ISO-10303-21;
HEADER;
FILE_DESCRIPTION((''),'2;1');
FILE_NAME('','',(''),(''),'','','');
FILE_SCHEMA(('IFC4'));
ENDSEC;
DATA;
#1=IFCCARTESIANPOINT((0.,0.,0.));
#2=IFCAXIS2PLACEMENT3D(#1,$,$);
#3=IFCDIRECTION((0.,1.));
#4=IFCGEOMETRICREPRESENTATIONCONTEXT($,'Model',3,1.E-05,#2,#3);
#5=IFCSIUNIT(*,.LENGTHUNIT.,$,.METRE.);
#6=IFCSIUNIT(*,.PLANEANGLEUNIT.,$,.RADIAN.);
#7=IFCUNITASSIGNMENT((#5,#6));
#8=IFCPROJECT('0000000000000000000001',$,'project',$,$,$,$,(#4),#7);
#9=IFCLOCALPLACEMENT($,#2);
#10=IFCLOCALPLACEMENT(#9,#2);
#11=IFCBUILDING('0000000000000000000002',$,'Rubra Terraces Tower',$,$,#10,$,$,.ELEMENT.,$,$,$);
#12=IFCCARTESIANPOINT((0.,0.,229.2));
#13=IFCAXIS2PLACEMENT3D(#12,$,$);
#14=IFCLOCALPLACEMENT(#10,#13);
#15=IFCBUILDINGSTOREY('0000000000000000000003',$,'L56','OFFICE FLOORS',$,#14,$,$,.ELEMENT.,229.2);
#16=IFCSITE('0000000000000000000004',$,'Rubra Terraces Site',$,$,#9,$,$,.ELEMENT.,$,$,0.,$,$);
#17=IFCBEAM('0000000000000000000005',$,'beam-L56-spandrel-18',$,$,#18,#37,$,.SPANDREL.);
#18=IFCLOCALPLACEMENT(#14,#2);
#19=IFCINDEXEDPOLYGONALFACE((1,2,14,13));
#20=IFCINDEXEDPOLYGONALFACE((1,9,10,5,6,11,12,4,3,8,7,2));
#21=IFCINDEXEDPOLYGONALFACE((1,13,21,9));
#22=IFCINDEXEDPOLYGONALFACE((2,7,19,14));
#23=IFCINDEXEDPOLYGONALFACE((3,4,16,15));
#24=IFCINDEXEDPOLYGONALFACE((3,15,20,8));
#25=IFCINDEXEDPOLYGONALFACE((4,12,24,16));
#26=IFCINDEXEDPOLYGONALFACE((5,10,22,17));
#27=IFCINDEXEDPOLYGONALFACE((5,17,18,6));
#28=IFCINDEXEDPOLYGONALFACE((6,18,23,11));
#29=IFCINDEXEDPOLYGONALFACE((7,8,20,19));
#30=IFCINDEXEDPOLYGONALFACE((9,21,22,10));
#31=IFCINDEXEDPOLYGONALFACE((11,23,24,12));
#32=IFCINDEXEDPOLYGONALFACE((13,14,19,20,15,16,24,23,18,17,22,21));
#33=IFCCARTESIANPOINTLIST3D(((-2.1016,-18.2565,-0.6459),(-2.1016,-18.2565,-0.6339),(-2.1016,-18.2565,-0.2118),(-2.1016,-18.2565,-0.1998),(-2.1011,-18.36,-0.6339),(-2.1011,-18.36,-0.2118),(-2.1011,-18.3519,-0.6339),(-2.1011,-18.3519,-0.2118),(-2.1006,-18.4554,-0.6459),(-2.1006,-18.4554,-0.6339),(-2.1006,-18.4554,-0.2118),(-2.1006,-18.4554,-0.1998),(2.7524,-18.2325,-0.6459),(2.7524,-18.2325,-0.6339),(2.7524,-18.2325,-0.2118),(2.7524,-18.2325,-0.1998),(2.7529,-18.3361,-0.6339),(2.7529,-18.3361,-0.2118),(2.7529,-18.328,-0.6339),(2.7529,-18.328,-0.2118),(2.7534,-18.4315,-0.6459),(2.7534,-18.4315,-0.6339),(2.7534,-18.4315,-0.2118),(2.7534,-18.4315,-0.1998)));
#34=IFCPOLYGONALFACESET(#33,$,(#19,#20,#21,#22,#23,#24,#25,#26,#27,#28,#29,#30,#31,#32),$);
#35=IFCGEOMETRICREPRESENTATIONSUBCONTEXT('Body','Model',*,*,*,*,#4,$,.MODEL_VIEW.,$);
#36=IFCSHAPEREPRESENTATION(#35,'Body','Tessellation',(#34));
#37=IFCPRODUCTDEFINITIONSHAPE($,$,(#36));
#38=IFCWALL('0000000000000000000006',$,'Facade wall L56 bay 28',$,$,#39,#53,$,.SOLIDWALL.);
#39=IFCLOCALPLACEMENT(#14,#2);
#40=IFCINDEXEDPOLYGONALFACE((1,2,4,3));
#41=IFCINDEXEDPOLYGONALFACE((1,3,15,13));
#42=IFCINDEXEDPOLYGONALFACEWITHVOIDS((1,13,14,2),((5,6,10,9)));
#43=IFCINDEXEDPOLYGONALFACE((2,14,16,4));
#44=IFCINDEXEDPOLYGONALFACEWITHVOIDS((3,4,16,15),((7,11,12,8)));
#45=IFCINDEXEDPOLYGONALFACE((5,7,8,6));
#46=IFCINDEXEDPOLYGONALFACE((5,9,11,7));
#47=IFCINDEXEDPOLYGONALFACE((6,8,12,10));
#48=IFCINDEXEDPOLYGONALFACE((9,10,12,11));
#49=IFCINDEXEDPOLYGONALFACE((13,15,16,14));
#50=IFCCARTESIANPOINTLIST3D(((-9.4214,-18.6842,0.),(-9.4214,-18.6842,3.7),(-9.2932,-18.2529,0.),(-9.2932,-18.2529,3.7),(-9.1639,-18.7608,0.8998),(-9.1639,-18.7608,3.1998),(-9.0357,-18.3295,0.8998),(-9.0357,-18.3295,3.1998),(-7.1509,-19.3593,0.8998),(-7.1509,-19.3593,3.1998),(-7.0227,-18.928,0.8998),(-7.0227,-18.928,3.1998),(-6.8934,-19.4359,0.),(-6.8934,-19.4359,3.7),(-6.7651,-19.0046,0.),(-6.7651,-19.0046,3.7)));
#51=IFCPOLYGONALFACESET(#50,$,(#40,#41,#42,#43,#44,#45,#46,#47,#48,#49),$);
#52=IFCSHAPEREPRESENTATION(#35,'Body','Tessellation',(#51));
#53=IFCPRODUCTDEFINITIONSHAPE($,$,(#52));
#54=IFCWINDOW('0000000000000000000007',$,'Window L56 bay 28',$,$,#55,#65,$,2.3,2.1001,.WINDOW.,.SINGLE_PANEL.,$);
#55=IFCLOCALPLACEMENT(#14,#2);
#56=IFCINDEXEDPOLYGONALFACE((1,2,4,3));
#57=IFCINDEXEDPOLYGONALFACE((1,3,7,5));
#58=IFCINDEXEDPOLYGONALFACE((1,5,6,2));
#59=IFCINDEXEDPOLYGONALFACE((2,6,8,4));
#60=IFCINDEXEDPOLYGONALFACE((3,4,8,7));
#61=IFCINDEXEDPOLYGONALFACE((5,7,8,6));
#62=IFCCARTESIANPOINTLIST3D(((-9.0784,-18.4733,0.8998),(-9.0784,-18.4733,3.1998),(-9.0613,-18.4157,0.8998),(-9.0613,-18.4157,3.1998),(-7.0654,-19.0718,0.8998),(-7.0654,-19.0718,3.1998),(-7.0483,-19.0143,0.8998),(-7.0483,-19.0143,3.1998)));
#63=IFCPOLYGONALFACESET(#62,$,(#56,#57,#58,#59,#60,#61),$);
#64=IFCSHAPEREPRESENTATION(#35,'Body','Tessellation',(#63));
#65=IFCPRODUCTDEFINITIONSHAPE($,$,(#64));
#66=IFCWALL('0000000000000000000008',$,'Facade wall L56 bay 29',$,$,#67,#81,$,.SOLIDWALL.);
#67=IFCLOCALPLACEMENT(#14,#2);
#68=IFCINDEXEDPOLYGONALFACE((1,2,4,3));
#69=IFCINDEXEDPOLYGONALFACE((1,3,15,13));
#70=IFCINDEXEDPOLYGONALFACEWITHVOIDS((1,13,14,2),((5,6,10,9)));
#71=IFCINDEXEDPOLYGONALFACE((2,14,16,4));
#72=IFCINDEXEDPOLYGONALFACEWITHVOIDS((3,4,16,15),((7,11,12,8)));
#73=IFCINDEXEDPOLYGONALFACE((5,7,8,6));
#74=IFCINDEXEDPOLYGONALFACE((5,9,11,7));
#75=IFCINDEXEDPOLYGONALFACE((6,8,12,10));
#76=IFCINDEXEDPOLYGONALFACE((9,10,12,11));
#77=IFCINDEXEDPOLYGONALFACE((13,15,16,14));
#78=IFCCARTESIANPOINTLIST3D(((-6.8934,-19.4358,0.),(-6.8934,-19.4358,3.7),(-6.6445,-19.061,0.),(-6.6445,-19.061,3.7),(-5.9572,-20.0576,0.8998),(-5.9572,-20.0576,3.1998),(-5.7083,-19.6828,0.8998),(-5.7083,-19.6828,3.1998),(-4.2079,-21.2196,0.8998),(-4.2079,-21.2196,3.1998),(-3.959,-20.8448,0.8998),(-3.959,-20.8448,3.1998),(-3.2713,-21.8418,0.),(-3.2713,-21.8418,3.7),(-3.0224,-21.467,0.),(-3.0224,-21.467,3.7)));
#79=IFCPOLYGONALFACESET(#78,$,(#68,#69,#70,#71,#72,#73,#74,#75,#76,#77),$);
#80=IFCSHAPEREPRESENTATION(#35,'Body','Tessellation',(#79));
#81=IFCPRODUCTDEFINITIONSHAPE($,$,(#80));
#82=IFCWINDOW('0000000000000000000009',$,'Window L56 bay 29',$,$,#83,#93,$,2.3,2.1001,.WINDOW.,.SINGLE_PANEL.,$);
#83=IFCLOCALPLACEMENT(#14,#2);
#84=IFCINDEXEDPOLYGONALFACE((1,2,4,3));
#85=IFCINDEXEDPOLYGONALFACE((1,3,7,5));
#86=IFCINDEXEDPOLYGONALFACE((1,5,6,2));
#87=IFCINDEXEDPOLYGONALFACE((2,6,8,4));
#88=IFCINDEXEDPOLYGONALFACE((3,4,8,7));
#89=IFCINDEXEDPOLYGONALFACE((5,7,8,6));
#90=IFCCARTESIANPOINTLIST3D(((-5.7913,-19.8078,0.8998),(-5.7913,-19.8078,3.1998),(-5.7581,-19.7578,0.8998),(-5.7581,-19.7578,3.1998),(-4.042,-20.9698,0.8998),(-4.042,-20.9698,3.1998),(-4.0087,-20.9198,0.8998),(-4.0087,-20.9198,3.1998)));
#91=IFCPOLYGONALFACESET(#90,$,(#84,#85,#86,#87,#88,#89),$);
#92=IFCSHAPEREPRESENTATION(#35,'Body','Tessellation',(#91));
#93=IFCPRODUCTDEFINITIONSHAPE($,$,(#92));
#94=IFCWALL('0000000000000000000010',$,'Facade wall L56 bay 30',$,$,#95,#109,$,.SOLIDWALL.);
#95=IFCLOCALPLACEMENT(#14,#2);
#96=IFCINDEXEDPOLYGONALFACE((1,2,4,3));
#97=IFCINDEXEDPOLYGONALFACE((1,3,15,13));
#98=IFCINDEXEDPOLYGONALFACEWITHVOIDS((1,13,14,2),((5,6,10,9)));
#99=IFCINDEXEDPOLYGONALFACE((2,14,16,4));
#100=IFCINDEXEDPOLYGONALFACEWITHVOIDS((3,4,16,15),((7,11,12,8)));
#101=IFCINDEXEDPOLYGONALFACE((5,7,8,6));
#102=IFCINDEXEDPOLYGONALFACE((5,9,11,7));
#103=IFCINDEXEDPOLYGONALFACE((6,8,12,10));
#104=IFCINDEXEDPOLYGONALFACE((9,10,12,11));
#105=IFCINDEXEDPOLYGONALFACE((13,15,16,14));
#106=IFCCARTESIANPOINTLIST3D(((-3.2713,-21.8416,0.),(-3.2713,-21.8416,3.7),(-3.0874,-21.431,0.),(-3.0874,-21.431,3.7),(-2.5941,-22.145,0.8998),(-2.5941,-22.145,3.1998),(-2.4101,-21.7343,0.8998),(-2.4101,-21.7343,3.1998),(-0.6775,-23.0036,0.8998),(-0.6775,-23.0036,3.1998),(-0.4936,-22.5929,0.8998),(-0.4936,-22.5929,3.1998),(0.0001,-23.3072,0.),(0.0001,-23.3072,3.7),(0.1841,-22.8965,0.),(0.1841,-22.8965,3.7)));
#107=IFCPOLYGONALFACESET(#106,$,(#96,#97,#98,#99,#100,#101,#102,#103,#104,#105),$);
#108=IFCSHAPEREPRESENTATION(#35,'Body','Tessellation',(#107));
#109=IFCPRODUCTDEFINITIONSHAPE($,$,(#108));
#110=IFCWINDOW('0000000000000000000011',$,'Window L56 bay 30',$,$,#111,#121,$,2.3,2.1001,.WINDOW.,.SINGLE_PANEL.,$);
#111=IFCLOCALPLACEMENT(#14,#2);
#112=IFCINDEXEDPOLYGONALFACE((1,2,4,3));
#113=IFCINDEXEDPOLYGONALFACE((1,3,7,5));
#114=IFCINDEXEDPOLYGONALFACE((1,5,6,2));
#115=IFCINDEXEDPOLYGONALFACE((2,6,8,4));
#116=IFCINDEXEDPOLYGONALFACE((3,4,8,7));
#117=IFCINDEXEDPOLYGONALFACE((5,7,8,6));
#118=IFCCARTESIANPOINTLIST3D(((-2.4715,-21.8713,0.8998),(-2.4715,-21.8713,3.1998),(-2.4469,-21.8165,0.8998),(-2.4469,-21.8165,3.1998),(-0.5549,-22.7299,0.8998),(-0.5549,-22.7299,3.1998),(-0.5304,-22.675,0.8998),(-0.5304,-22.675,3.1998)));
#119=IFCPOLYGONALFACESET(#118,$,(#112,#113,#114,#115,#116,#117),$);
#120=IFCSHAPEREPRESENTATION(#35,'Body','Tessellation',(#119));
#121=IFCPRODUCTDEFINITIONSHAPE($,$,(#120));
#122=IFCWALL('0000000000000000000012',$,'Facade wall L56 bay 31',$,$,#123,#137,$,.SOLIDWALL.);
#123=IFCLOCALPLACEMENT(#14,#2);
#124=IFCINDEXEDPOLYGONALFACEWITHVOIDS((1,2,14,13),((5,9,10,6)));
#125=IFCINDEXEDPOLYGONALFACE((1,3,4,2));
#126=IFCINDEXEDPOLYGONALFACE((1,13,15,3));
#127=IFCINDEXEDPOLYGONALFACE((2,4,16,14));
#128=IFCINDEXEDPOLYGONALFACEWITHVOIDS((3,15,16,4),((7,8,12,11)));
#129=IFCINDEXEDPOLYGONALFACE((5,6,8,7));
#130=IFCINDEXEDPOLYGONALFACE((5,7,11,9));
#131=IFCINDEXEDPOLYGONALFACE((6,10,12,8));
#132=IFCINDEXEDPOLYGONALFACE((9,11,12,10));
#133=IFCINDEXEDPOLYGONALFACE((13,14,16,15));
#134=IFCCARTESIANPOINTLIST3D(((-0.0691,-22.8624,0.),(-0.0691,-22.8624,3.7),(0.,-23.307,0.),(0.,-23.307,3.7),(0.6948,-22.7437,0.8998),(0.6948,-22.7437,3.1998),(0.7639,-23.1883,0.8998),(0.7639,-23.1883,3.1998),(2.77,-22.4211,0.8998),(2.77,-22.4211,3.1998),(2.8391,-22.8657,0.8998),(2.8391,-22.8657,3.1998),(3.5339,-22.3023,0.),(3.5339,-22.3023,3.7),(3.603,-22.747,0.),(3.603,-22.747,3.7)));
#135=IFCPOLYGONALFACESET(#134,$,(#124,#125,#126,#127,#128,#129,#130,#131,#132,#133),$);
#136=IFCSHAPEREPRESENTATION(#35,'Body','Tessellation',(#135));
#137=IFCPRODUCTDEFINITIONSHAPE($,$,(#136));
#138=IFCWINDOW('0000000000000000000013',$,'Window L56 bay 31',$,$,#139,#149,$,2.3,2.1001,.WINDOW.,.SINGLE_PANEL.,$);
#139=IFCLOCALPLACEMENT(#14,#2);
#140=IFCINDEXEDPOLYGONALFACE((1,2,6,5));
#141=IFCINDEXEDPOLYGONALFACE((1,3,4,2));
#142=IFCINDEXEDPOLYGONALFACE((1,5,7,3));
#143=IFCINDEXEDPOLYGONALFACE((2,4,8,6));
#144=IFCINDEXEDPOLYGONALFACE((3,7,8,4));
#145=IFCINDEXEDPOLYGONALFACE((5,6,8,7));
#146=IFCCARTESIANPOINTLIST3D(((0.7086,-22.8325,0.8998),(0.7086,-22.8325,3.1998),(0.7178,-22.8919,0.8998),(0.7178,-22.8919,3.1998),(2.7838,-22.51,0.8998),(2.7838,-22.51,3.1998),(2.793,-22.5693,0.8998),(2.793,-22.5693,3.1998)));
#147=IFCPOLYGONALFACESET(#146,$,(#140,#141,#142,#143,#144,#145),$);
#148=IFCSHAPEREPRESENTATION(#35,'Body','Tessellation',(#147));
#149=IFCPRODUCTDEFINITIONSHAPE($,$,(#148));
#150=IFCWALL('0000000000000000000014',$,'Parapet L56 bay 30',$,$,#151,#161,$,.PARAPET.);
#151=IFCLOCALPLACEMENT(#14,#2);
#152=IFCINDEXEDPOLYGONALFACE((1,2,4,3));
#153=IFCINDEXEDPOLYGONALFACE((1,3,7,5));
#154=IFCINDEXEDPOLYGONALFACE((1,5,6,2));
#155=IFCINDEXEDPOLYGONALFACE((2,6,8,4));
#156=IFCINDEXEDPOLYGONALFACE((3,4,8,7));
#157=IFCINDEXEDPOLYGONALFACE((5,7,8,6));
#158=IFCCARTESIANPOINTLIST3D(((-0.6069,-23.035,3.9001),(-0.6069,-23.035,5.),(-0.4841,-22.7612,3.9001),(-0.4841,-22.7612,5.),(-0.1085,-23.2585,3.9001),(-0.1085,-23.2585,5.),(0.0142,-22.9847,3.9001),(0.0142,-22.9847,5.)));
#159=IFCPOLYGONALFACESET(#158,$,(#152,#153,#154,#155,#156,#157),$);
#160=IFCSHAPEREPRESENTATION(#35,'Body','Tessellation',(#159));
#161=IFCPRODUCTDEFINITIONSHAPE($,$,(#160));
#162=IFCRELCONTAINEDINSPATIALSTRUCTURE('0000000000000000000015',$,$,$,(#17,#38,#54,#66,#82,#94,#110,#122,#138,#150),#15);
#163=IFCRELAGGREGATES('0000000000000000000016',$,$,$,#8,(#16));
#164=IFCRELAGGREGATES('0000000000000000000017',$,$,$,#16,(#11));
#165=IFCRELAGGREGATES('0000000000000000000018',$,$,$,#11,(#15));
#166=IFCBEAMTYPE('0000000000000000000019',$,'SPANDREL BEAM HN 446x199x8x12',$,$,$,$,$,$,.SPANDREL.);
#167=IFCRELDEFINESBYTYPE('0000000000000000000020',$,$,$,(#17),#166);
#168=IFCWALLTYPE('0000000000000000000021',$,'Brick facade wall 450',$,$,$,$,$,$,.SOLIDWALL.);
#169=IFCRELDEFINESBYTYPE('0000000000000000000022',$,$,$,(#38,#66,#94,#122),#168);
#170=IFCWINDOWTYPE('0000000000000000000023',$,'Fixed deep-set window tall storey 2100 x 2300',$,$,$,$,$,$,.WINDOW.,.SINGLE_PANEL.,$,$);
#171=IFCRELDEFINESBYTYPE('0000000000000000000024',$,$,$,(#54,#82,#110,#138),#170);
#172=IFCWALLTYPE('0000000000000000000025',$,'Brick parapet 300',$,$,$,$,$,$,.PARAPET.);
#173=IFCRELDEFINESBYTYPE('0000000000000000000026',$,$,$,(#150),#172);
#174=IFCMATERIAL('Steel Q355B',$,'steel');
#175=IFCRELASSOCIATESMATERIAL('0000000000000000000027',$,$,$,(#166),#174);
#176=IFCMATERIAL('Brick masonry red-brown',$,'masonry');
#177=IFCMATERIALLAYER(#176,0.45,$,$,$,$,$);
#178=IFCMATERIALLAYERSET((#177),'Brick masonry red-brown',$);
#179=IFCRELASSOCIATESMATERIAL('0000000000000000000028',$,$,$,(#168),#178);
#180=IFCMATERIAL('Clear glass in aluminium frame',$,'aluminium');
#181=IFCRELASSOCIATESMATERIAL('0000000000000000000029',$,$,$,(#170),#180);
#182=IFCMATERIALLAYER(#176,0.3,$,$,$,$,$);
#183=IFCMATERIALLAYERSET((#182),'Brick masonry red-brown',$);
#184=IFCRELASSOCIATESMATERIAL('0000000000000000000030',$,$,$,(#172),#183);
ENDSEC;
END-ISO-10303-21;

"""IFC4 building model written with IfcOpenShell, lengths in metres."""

from ifc_helpers import new_model, si_unit, direction, frame, frame_2d, origin, origin_2d, place, context, subcontext, project, spatial, rectangle, i_section, extrude, material, layer, layer_set, material_profile, profile_set, type_object, element, fill, save


model = new_model("IFC4")

# Units and contexts
model_context = context("Model", 3, precision=1e-05, world=origin(), true_north=direction((0.0, 1.0)))
body_context = subcontext(model_context, "Body", "Model", "MODEL_VIEW")
ifc_project = project(units=[si_unit("LENGTHUNIT", "METRE"), si_unit("PLANEANGLEUNIT", "RADIAN")], contexts=[model_context])

# Site, building, storey
site_placement = place(None, origin())
site = spatial("IfcSite", under=ifc_project, at=site_placement, Name="Rubra Terraces Site", CompositionType="ELEMENT", RefElevation=0.0)
building_placement = place(site_placement, origin())
building = spatial("IfcBuilding", under=site, at=building_placement, Name="Rubra Terraces Tower", CompositionType="ELEMENT")
storey_placement = place(building_placement, frame((0.0, 0.0, 229.2)))
storey = spatial("IfcBuildingStorey", under=building, at=storey_placement, Name="L56", Description="OFFICE FLOORS", CompositionType="ELEMENT", Elevation=229.2)

# Beam
ifc_material_1 = material(Name="Steel Q355B", Category="steel")
ifc_material_profile_1 = material_profile(ifc_material_1, i_section(OverallWidth=0.199, OverallDepth=0.446, WebThickness=0.0081, FlangeThickness=0.012, at=origin_2d()), Name="HN 446x199x8x12")
ifc_profile_set_1 = profile_set([ifc_material_profile_1], Name="Steel Q355B")
beam_type_1 = type_object("IfcBeamType", Name="SPANDREL BEAM HN 446x199x8x12", PredefinedType="SPANDREL", material=ifc_profile_set_1)
beam_1_placement = place(storey_placement, frame((-2.1011, -18.356, -0.4229), z_axis=(0.999988, 0.004929, 0.0), x_axis=(-0.004929, 0.999988, 0.0)))
element("IfcBeam", 1, at=beam_1_placement, inside=storey, type_object=beam_type_1, Name="beam-L56-spandrel-18", PredefinedType="SPANDREL", context=body_context, shape_type="SweptSolid", body=[
    extrude(i_section(OverallWidth=0.199, OverallDepth=0.446, WebThickness=0.0081, FlangeThickness=0.012, at=origin_2d()), origin(), (0.0, 0.0, 1.0), 4.854),
])

# Walls, openings, windows
ifc_material_2 = material(Name="Brick masonry red-brown", Category="masonry")
ifc_layer_1 = layer(ifc_material_2, 0.45)
ifc_layer_set_1 = layer_set([ifc_layer_1], Name="Brick masonry red-brown")
wall_type_1 = type_object("IfcWallType", Name="Brick facade wall 450", PredefinedType="SOLIDWALL", material=ifc_layer_set_1)
wall_1_placement = place(storey_placement, frame((-9.3574, -18.4685, 0.0), z_axis=(0.0, 0.0, 1.0), x_axis=(0.958524, -0.285012, 0.0)))
wall_1 = element("IfcWall", 2, at=wall_1_placement, inside=storey, type_object=wall_type_1, Name="Facade wall L56 bay 28", PredefinedType="SOLIDWALL", context=body_context, shape_type="SweptSolid", body=[
    extrude(rectangle(XDim=2.6375, YDim=0.45, at=frame_2d((1.3188, 0.0))), origin(), (0.0, 0.0, 1.0), 3.7),
])
opening_1_placement = place(wall_1_placement, frame((0.2688, 0.0, 0.8999)))
opening_1 = element("IfcOpeningElement", 3, at=opening_1_placement, cuts=wall_1, PredefinedType="OPENING", context=body_context, shape_type="SweptSolid", body=[
    extrude(rectangle(XDim=2.1001, YDim=2.3, at=frame_2d((1.05, 1.1499))), frame((0.0, 0.2349, 0.0), z_axis=(0.0, -1.0, 0.0), x_axis=(1.0, 0.0, 0.0)), (0.0, 0.0, 1.0), 0.47),
])
ifc_material_3 = material(Name="Clear glass in aluminium frame", Category="aluminium")
window_type = type_object("IfcWindowType", Name="Fixed deep-set window tall storey 2100 x 2300", PartitioningType="SINGLE_PANEL", PredefinedType="WINDOW", material=ifc_material_3)
window_1_placement = place(opening_1_placement, origin())
window_1 = element("IfcWindow", 4, at=window_1_placement, inside=storey, type_object=window_type, Name="Window L56 bay 28", OverallHeight=2.3, OverallWidth=2.1001, PartitioningType="SINGLE_PANEL", PredefinedType="WINDOW", context=body_context, shape_type="SweptSolid", body=[
    extrude(rectangle(XDim=2.1001, YDim=2.3, at=frame_2d((1.05, 1.1499))), frame((0.0, 0.135, 0.0), z_axis=(0.0, -1.0, 0.0), x_axis=(1.0, 0.0, 0.0)), (0.0, 0.0, 1.0), 0.0601),
])
fill(opening_1, window_1)
wall_2_placement = place(storey_placement, frame((-6.769, -19.2483, 0.0), z_axis=(0.0, 0.0, 1.0), x_axis=(0.832973, -0.553313, 0.0)))
wall_2 = element("IfcWall", 5, at=wall_2_placement, inside=storey, type_object=wall_type_1, Name="Facade wall L56 bay 29", PredefinedType="SOLIDWALL", context=body_context, shape_type="SweptSolid", body=[
    extrude(rectangle(XDim=4.3484, YDim=0.45, at=frame_2d((2.1743, 0.0))), origin(), (0.0, 0.0, 1.0), 3.7),
])
opening_2_placement = place(wall_2_placement, frame((1.124, 0.0, 0.8999)))
opening_2 = element("IfcOpeningElement", 6, at=opening_2_placement, cuts=wall_2, PredefinedType="OPENING", context=body_context, shape_type="SweptSolid", body=[
    extrude(rectangle(XDim=2.1001, YDim=2.3, at=frame_2d((1.05, 1.1499))), frame((0.0, 0.2349, 0.0), z_axis=(0.0, -1.0, 0.0), x_axis=(1.0, 0.0, 0.0)), (0.0, 0.0, 1.0), 0.47),
])
window_2_placement = place(opening_2_placement, origin())
window_2 = element("IfcWindow", 7, at=window_2_placement, inside=storey, type_object=window_type, Name="Window L56 bay 29", OverallHeight=2.3, OverallWidth=2.1001, PartitioningType="SINGLE_PANEL", PredefinedType="WINDOW", context=body_context, shape_type="SweptSolid", body=[
    extrude(rectangle(XDim=2.1001, YDim=2.3, at=frame_2d((1.05, 1.1499))), frame((0.0, 0.135, 0.0), z_axis=(0.0, -1.0, 0.0), x_axis=(1.0, 0.0, 0.0)), (0.0, 0.0, 1.0), 0.0601),
])
fill(opening_2, window_2)
wall_3_placement = place(storey_placement, frame((-3.1794, -21.6362, 0.0), z_axis=(0.0, 0.0, 1.0), x_axis=(0.912608, -0.408835, 0.0)))
wall_3 = element("IfcWall", 8, at=wall_3_placement, inside=storey, type_object=wall_type_1, Name="Facade wall L56 bay 30", PredefinedType="SOLIDWALL", context=body_context, shape_type="SweptSolid", body=[
    extrude(rectangle(XDim=3.5847, YDim=0.45, at=frame_2d((1.7925, 0.0))), origin(), (0.0, 0.0, 1.0), 3.7),
])
opening_3_placement = place(wall_3_placement, frame((0.7422, 0.0, 0.8999)))
opening_3 = element("IfcOpeningElement", 9, at=opening_3_placement, cuts=wall_3, PredefinedType="OPENING", context=body_context, shape_type="SweptSolid", body=[
    extrude(rectangle(XDim=2.1001, YDim=2.3, at=frame_2d((1.05, 1.1499))), frame((0.0, 0.2349, 0.0), z_axis=(0.0, -1.0, 0.0), x_axis=(1.0, 0.0, 0.0)), (0.0, 0.0, 1.0), 0.47),
])
window_3_placement = place(opening_3_placement, origin())
window_3 = element("IfcWindow", 10, at=window_3_placement, inside=storey, type_object=window_type, Name="Window L56 bay 30", OverallHeight=2.3, OverallWidth=2.1001, PartitioningType="SINGLE_PANEL", PredefinedType="WINDOW", context=body_context, shape_type="SweptSolid", body=[
    extrude(rectangle(XDim=2.1001, YDim=2.3, at=frame_2d((1.05, 1.1499))), frame((0.0, 0.135, 0.0), z_axis=(0.0, -1.0, 0.0), x_axis=(1.0, 0.0, 0.0)), (0.0, 0.0, 1.0), 0.0601),
])
fill(opening_3, window_3)
wall_4_placement = place(storey_placement, frame((-0.0347, -23.0847, 0.0), z_axis=(0.0, 0.0, 1.0), x_axis=(0.988134, 0.153597, 0.0)))
wall_4 = element("IfcWall", 11, at=wall_4_placement, inside=storey, type_object=wall_type_1, Name="Facade wall L56 bay 31", PredefinedType="SOLIDWALL", context=body_context, shape_type="SweptSolid", body=[
    extrude(rectangle(XDim=3.6462, YDim=0.45, at=frame_2d((1.8232, 0.0))), origin(), (0.0, 0.0, 1.0), 3.7),
])
opening_4_placement = place(wall_4_placement, frame((0.7732, 0.0, 0.8999)))
opening_4 = element("IfcOpeningElement", 12, at=opening_4_placement, cuts=wall_4, PredefinedType="OPENING", context=body_context, shape_type="SweptSolid", body=[
    extrude(rectangle(XDim=2.1001, YDim=2.3, at=frame_2d((1.05, 1.1499))), frame((0.0, 0.2349, 0.0), z_axis=(0.0, -1.0, 0.0), x_axis=(1.0, 0.0, 0.0)), (0.0, 0.0, 1.0), 0.47),
])
window_4_placement = place(opening_4_placement, origin())
window_4 = element("IfcWindow", 13, at=window_4_placement, inside=storey, type_object=window_type, Name="Window L56 bay 31", OverallHeight=2.3, OverallWidth=2.1001, PartitioningType="SINGLE_PANEL", PredefinedType="WINDOW", context=body_context, shape_type="SweptSolid", body=[
    extrude(rectangle(XDim=2.1001, YDim=2.3, at=frame_2d((1.05, 1.1499))), frame((0.0, 0.135, 0.0), z_axis=(0.0, -1.0, 0.0), x_axis=(1.0, 0.0, 0.0)), (0.0, 0.0, 1.0), 0.0601),
])
fill(opening_4, window_4)

# Wall
ifc_layer_2 = layer(ifc_material_2, 0.3)
ifc_layer_set_2 = layer_set([ifc_layer_2], Name="Brick masonry red-brown")
wall_type_2 = type_object("IfcWallType", Name="Brick parapet 300", PredefinedType="PARAPET", material=ifc_layer_set_2)
wall_5_placement = place(storey_placement, frame((-0.5454, -22.8982, 3.9001), z_axis=(0.0, 0.0, 1.0), x_axis=(0.912498, -0.409082, 0.0)))
element("IfcWall", 14, at=wall_5_placement, inside=storey, type_object=wall_type_2, Name="Parapet L56 bay 30", PredefinedType="PARAPET", context=body_context, shape_type="SweptSolid", body=[
    extrude(rectangle(XDim=0.5461, YDim=0.3, at=frame_2d((0.2729, 0.0))), origin(), (0.0, 0.0, 1.0), 1.0999),
])

save(model, "model.ifc")
